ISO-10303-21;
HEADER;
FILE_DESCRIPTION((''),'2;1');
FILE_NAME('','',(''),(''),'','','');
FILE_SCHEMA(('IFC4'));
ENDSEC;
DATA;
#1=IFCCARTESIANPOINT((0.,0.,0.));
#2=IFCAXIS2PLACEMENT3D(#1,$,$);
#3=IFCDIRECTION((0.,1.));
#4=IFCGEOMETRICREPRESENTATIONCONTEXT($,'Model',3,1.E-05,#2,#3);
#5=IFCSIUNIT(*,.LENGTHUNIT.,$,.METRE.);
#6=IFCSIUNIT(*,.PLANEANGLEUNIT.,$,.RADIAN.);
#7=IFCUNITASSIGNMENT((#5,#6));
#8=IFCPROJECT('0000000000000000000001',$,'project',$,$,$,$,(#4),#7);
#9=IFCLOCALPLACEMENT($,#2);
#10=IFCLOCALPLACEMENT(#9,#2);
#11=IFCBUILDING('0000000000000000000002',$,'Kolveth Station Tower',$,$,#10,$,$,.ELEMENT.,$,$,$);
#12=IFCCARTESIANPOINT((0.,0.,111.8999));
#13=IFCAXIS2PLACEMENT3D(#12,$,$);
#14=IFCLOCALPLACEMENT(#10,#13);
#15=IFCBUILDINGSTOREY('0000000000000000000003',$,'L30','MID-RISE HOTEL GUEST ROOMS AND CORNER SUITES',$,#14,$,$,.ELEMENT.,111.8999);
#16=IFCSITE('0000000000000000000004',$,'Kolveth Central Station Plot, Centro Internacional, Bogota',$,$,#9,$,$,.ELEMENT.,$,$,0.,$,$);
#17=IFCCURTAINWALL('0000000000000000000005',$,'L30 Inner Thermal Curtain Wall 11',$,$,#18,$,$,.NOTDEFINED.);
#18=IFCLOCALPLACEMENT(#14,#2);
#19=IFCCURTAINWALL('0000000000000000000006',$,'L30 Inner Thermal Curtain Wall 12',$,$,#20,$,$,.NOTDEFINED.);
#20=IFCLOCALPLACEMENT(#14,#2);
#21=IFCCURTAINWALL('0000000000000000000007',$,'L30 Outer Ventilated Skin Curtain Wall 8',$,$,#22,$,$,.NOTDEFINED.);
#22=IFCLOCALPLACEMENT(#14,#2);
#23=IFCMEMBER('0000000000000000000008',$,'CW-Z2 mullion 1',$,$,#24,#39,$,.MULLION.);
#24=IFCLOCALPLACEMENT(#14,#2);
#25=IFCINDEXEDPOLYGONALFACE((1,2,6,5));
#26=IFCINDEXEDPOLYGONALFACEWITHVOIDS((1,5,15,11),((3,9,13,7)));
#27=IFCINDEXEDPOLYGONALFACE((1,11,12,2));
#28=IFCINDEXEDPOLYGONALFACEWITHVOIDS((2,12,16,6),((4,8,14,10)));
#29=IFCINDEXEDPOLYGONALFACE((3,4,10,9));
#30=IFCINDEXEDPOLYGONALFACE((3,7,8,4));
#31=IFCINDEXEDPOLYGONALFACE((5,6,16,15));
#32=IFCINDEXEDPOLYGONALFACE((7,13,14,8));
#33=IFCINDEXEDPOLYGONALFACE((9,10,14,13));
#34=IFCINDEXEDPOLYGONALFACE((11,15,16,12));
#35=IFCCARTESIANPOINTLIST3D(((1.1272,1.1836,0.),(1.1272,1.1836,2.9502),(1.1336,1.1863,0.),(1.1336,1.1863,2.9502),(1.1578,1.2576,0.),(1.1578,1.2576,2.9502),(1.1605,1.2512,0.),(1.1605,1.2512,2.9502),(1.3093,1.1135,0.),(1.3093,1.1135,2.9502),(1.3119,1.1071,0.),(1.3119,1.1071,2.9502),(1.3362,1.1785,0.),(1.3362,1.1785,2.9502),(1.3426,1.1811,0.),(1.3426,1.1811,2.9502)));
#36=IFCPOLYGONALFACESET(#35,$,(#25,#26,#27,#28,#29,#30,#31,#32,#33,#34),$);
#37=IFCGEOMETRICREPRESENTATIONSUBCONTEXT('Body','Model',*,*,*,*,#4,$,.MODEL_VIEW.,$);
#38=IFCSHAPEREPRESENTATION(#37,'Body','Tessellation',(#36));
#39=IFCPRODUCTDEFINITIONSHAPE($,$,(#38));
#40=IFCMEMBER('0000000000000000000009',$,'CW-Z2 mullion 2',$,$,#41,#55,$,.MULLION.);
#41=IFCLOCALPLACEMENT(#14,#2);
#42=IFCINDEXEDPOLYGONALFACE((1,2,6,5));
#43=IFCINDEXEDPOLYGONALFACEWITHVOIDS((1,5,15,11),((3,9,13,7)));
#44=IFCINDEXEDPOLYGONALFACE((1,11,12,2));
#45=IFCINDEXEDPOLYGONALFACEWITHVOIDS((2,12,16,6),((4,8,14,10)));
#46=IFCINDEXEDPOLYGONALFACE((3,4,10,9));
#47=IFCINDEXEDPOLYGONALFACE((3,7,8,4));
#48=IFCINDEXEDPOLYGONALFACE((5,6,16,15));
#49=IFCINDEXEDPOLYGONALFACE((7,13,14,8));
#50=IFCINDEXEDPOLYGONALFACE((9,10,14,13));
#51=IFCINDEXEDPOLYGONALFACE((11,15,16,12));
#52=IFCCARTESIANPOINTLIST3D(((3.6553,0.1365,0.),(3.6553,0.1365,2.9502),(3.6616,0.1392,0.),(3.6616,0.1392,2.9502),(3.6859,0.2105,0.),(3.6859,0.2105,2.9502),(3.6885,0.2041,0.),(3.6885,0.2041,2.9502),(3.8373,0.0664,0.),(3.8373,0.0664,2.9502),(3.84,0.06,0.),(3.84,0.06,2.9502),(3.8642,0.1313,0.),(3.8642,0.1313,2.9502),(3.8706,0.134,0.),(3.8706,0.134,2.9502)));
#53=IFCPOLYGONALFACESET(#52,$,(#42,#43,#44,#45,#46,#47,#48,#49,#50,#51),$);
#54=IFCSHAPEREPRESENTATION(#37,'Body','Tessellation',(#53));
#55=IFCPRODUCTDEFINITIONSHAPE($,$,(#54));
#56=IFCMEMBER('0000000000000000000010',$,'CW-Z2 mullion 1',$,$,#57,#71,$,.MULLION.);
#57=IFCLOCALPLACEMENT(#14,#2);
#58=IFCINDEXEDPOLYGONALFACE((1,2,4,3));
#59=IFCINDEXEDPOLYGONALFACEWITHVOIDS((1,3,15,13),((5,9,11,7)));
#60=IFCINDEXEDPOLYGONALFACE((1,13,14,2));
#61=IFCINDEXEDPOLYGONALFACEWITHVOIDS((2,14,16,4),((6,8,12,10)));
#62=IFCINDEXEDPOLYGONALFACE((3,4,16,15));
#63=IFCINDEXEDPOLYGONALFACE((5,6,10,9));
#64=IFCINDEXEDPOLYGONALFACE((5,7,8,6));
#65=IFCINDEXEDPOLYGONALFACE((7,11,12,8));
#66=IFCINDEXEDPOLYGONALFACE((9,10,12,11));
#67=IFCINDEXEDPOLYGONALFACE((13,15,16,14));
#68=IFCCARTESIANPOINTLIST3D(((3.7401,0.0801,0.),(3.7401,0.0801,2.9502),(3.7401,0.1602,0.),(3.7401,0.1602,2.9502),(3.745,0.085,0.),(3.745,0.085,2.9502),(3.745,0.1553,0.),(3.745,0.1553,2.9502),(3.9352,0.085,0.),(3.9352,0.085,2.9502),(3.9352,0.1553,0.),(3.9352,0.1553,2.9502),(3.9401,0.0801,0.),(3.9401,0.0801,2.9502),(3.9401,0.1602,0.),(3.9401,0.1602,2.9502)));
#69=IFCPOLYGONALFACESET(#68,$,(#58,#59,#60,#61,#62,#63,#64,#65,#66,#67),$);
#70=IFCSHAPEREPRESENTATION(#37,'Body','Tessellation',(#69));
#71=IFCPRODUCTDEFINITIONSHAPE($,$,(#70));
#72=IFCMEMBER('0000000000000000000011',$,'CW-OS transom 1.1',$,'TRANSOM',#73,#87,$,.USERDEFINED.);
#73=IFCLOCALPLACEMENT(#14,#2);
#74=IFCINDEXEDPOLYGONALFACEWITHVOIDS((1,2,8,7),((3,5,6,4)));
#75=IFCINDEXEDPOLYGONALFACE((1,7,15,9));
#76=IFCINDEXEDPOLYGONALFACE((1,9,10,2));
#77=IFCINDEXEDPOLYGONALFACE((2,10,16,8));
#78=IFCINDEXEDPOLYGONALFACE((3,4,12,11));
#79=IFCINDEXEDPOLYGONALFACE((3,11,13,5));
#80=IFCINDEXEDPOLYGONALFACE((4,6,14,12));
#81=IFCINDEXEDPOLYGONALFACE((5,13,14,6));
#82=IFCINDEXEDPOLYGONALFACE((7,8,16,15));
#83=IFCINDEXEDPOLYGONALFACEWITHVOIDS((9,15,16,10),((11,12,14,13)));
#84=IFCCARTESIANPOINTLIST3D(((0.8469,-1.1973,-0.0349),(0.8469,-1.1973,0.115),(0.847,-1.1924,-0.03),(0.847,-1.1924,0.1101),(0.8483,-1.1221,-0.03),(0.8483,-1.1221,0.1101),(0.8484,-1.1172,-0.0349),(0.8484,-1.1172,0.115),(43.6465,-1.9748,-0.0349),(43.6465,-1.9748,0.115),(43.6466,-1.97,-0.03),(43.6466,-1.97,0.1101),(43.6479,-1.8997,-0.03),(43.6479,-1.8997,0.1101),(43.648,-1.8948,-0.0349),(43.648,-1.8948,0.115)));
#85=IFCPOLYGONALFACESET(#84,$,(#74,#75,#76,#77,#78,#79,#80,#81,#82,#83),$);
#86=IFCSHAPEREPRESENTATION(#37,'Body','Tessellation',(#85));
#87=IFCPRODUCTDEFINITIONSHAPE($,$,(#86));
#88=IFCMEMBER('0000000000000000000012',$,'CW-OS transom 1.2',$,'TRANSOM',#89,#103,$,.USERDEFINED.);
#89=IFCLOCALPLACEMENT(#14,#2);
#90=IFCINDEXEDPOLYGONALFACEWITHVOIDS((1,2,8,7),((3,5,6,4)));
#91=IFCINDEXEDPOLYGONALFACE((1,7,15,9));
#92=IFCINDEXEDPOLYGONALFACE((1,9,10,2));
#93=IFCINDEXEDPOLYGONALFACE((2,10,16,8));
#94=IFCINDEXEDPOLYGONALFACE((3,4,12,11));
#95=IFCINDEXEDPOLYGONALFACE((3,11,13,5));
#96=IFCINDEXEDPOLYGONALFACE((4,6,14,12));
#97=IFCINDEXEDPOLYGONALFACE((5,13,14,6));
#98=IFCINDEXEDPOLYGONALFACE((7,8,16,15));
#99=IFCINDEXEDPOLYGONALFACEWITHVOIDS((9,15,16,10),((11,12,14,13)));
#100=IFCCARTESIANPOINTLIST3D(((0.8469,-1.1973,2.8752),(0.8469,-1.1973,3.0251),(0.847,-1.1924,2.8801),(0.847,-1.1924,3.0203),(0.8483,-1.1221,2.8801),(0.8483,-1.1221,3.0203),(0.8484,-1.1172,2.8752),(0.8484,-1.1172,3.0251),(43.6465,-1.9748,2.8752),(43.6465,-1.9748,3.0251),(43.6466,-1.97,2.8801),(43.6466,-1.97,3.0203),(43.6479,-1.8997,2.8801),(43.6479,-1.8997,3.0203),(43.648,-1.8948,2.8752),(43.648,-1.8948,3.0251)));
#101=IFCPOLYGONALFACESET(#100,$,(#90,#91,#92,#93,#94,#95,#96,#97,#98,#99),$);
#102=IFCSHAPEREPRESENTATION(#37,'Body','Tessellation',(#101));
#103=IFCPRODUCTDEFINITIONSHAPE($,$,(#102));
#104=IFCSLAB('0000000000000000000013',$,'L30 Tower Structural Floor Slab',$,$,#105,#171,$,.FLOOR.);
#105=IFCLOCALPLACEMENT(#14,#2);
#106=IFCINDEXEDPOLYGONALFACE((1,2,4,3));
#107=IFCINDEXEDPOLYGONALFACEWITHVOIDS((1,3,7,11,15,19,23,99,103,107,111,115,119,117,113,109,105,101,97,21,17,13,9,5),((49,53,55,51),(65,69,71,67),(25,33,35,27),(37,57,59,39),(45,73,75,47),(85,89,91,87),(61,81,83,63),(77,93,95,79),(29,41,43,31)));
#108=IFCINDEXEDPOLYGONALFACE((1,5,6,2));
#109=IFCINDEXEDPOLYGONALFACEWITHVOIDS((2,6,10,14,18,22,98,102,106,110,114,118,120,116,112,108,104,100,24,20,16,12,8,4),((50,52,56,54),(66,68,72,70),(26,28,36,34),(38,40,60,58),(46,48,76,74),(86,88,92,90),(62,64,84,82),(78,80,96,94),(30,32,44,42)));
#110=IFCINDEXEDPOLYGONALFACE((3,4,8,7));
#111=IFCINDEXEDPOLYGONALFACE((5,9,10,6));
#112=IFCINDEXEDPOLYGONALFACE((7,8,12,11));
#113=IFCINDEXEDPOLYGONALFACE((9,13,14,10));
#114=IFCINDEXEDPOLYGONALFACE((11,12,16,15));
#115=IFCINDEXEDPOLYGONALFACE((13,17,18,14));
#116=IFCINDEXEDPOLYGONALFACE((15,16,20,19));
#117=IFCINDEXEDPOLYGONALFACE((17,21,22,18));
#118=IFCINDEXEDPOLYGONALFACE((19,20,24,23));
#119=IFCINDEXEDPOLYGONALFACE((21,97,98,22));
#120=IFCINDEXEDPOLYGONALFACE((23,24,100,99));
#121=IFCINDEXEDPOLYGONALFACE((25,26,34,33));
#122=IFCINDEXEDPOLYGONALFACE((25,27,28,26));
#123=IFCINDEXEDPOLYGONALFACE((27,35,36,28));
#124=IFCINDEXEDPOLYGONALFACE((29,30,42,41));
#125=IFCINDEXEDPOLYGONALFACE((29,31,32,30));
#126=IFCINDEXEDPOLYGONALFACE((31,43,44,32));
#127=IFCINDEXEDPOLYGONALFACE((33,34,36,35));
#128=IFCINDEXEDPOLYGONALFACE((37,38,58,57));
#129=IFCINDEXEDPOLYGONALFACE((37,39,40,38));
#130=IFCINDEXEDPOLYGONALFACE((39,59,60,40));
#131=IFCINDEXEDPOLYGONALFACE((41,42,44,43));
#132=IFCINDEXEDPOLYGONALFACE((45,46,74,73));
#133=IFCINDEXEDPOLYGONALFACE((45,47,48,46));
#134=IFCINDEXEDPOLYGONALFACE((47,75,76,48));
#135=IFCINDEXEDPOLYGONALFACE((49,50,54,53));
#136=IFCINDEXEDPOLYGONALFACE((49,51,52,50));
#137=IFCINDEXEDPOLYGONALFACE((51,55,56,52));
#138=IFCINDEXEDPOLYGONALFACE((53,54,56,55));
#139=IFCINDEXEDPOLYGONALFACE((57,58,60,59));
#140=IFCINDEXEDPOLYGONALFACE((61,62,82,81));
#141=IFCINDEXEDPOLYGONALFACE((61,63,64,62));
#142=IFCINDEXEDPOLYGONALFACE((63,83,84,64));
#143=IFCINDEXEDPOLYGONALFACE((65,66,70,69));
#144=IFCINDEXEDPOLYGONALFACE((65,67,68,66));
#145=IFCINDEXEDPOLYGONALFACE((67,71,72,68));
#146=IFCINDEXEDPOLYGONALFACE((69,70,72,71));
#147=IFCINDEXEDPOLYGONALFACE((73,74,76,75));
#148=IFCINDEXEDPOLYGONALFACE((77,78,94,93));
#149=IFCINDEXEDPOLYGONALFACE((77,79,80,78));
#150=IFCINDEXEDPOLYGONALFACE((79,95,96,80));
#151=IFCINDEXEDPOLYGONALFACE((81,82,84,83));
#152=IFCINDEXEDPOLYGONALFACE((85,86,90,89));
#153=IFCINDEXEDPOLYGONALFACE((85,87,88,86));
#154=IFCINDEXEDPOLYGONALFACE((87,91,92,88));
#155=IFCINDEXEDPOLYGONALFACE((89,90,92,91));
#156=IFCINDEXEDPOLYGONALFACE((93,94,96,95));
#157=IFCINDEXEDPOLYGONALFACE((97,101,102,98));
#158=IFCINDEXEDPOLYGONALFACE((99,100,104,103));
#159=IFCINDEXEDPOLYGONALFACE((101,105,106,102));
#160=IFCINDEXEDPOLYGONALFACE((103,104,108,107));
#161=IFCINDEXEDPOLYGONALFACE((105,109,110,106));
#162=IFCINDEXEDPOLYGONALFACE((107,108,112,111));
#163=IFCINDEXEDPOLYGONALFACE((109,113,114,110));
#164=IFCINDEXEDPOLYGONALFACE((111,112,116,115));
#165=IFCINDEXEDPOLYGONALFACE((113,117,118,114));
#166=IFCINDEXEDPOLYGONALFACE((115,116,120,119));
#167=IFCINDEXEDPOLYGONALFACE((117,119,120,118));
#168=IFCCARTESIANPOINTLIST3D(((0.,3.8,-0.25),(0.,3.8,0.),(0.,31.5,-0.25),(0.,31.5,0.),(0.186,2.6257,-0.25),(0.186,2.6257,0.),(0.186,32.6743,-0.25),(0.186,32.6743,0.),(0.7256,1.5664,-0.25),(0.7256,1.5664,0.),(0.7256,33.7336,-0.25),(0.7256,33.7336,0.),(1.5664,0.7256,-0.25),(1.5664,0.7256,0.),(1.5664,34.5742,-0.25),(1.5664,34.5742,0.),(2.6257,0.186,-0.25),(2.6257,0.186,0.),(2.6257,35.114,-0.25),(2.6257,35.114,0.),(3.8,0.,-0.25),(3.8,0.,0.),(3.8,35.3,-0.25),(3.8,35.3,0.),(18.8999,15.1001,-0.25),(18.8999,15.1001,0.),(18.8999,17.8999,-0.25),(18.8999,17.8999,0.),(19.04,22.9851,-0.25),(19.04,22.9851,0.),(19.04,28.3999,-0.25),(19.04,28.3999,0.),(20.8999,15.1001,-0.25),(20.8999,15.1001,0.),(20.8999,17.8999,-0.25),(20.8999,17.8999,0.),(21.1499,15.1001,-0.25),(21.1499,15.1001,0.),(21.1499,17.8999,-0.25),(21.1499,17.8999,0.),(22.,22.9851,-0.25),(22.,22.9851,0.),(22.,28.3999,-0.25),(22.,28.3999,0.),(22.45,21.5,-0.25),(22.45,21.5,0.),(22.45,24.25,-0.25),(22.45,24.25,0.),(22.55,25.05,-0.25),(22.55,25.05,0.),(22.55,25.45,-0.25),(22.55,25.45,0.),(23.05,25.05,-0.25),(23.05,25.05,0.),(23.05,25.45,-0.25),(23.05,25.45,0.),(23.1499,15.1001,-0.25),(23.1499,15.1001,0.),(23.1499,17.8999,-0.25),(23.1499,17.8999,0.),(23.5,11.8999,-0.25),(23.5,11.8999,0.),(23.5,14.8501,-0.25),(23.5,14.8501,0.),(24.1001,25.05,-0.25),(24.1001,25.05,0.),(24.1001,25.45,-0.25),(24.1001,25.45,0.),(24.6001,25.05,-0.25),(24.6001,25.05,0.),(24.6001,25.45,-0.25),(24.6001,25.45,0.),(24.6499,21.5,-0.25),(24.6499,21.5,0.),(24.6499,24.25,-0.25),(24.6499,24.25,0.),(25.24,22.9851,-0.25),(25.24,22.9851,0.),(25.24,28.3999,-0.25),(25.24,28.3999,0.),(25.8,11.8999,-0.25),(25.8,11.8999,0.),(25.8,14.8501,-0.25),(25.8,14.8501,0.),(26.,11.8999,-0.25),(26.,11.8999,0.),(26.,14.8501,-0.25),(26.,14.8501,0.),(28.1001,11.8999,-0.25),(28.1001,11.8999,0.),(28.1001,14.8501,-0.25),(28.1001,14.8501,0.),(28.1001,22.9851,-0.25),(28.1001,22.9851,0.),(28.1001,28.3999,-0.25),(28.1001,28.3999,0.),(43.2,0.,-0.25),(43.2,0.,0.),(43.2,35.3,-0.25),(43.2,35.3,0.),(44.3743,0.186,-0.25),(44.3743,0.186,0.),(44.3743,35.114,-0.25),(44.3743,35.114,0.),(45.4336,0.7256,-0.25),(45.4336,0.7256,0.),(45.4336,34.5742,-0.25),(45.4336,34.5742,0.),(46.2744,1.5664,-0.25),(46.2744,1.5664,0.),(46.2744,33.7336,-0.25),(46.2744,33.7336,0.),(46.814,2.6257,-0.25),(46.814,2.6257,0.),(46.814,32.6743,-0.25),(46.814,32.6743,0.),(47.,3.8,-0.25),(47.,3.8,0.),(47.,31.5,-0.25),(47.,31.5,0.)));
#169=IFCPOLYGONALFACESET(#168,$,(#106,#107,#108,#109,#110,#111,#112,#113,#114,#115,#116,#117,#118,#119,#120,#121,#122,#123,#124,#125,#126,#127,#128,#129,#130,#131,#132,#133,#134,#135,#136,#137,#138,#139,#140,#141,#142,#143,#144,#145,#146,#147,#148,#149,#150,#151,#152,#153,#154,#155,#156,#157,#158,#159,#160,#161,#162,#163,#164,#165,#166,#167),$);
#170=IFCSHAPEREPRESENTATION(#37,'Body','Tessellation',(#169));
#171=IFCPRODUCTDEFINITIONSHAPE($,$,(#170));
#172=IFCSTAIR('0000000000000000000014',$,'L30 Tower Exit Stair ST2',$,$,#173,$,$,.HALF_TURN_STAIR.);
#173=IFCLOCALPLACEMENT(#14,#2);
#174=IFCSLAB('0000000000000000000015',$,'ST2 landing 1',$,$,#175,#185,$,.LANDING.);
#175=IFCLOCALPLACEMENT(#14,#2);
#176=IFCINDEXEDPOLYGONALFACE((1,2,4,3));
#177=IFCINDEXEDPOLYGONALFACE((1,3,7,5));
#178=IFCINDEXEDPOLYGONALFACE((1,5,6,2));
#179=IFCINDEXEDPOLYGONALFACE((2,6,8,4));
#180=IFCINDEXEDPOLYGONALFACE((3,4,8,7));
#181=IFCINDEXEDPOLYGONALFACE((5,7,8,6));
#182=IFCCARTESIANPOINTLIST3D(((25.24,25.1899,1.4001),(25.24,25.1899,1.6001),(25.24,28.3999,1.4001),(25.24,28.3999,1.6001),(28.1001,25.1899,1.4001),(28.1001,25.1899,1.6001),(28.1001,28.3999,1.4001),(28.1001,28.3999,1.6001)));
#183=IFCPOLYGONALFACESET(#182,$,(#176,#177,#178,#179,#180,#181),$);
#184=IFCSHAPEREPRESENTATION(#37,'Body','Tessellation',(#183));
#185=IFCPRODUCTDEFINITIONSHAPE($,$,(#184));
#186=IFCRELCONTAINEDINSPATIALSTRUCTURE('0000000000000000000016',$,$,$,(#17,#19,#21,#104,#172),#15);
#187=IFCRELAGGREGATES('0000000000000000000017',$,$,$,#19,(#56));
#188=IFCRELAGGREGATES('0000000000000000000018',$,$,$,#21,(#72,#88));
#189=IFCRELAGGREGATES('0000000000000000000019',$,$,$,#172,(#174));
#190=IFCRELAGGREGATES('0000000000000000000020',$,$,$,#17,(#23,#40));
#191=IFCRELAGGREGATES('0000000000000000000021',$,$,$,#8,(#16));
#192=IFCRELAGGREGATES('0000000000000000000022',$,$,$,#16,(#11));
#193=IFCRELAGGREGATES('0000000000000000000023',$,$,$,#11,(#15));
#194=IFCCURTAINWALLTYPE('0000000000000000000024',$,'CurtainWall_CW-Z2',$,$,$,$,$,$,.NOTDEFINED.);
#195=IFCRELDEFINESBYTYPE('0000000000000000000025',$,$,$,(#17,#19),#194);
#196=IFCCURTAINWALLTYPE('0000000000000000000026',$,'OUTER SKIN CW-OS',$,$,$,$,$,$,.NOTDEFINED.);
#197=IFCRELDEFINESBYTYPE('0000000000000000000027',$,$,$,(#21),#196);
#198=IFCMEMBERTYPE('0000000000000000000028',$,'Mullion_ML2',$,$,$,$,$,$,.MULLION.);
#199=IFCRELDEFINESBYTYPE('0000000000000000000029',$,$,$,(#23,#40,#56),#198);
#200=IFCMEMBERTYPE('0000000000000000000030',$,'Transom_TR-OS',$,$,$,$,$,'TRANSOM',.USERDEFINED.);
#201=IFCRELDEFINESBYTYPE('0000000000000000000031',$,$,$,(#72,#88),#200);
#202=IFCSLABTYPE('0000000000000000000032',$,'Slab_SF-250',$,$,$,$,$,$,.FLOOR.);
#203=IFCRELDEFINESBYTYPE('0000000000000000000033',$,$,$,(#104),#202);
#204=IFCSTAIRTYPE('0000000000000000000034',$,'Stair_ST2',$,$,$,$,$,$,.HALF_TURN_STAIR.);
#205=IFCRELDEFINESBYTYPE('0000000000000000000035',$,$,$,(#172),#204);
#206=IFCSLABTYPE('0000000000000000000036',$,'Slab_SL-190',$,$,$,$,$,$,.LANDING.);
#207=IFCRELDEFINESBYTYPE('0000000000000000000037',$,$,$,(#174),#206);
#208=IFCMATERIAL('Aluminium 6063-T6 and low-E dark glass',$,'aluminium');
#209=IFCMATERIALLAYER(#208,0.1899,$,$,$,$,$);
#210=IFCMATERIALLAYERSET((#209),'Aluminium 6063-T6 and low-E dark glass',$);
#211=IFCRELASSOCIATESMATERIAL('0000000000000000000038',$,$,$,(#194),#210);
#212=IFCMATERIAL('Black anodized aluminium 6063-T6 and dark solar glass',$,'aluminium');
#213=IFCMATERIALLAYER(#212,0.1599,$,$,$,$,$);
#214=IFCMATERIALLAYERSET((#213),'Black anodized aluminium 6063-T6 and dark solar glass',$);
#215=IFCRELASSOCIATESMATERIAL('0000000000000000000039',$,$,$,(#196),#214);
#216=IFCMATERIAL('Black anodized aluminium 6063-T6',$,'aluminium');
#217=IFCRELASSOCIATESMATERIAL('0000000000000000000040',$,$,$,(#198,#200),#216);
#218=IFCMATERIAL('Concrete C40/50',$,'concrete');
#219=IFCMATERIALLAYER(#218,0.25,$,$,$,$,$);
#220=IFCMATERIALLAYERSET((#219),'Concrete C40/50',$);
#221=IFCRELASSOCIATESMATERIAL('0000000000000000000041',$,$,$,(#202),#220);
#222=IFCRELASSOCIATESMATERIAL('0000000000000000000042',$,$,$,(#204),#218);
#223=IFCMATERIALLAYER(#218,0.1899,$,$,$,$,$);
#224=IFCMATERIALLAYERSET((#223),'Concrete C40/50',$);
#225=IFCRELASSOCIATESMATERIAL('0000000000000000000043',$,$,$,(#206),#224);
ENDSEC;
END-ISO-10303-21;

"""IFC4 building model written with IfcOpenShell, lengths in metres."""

from ifc_helpers import new_model, si_unit, direction, frame, origin, origin_2d, place, context, subcontext, project, spatial, polyline, hollow_rectangle, outline, extrude, source, transform, mapped, material, layer, layer_set, material_profile, profile_set, type_object, element, aggregate, save


model = new_model("IFC4")

# Units and contexts
model_context = context("Model", 3, precision=1e-05, world=origin(), true_north=direction((0.0, 1.0)))
body_context = subcontext(model_context, "Body", "Model", "MODEL_VIEW")
ifc_project = project(units=[si_unit("LENGTHUNIT", "METRE"), si_unit("PLANEANGLEUNIT", "RADIAN")], contexts=[model_context])

# Site, building, storey
site_placement = place(None, origin())
site = spatial("IfcSite", under=ifc_project, at=site_placement, Name="Kolveth Central Station Plot, Centro Internacional, Bogota", CompositionType="ELEMENT", RefElevation=0.0)
building_placement = place(site_placement, origin())
building = spatial("IfcBuilding", under=site, at=building_placement, Name="Kolveth Station Tower", CompositionType="ELEMENT")
storey_placement = place(building_placement, frame((0.0, 0.0, 111.8999)))
storey = spatial("IfcBuildingStorey", under=building, at=storey_placement, Name="L30", Description="MID-RISE HOTEL GUEST ROOMS AND CORNER SUITES", CompositionType="ELEMENT", Elevation=111.8999)

# Curtain walls
ifc_material_1 = material(Name="Aluminium 6063-T6 and low-E dark glass", Category="aluminium")
ifc_layer_1 = layer(ifc_material_1, 0.1899)
ifc_layer_set_1 = layer_set([ifc_layer_1], Name="Aluminium 6063-T6 and low-E dark glass")
curtain_wall_type_1 = type_object("IfcCurtainWallType", Name="CurtainWall_CW-Z2", PredefinedType="NOTDEFINED", material=ifc_layer_set_1)
curtain_wall_1_placement = place(storey_placement, origin())
curtain_wall_1 = element("IfcCurtainWall", 1, at=curtain_wall_1_placement, inside=storey, type_object=curtain_wall_type_1, Name="L30 Inner Thermal Curtain Wall 11", PredefinedType="NOTDEFINED")
ifc_material_2 = material(Name="Black anodized aluminium 6063-T6", Category="aluminium")
curtain_wall_2_placement = place(storey_placement, origin())
curtain_wall_2 = element("IfcCurtainWall", 2, at=curtain_wall_2_placement, inside=storey, type_object=curtain_wall_type_1, Name="L30 Inner Thermal Curtain Wall 12", PredefinedType="NOTDEFINED")

# Curtain wall
ifc_material_3 = material(Name="Black anodized aluminium 6063-T6 and dark solar glass", Category="aluminium")
ifc_layer_2 = layer(ifc_material_3, 0.1599)
ifc_layer_set_2 = layer_set([ifc_layer_2], Name="Black anodized aluminium 6063-T6 and dark solar glass")
curtain_wall_type_2 = type_object("IfcCurtainWallType", Name="OUTER SKIN CW-OS", PredefinedType="NOTDEFINED", material=ifc_layer_set_2)
curtain_wall_3_placement = place(storey_placement, origin())
curtain_wall_3 = element("IfcCurtainWall", 3, at=curtain_wall_3_placement, inside=storey, type_object=curtain_wall_type_2, Name="L30 Outer Ventilated Skin Curtain Wall 8", PredefinedType="NOTDEFINED")
ifc_material_profile_1 = material_profile(ifc_material_2, hollow_rectangle(XDim=0.0801, YDim=0.2, WallThickness=0.0049, at=origin_2d()), Name="ALU-80x200x5")
ifc_profile_set_1 = profile_set([ifc_material_profile_1], Name="Black anodized aluminium 6063-T6")
member_type_1 = type_object("IfcMemberType", Name="Mullion_ML2", PredefinedType="MULLION", material=ifc_profile_set_1)
shared_shape_1 = source(origin(), body_context, "Body", "SweptSolid", [
    extrude(hollow_rectangle(XDim=0.0801, YDim=0.2, WallThickness=0.0049, at=origin_2d()), origin(), (0.0, 0.0, 1.0), 2.9502),
])

# Members
member_1_placement = place(storey_placement, frame((1.2349, 1.1824, 0.0), z_axis=(0.0, 0.0, 1.0), x_axis=(0.382663, 0.923888, 0.0)))
member_1 = element("IfcMember", 4, at=member_1_placement, type_object=member_type_1, Name="CW-Z2 mullion 1", PredefinedType="MULLION", context=body_context, shape_type="MappedRepresentation", body=[
    mapped(shared_shape_1, transform((0.0, 0.0, 0.0), x_axis=(1.0, 0.0, 0.0), y_axis=(0.0, 1.0, 0.0), z_axis=(0.0, 0.0, 1.0), scale=1.0)),
])
member_2_placement = place(storey_placement, frame((3.7629, 0.1353, 0.0), z_axis=(0.0, 0.0, 1.0), x_axis=(0.382663, 0.923888, 0.0)))
member_2 = element("IfcMember", 5, at=member_2_placement, type_object=member_type_1, Name="CW-Z2 mullion 2", PredefinedType="MULLION", context=body_context, shape_type="MappedRepresentation", body=[
    mapped(shared_shape_1, transform((0.0, 0.0, 0.0), x_axis=(1.0, 0.0, 0.0), y_axis=(0.0, 1.0, 0.0), z_axis=(0.0, 0.0, 1.0), scale=1.0)),
])
member_3_placement = place(storey_placement, frame((3.8401, 0.1201, 0.0), z_axis=(0.0, 0.0, 1.0), x_axis=(0.0, 1.0, 0.0)))
member_3 = element("IfcMember", 6, at=member_3_placement, type_object=member_type_1, Name="CW-Z2 mullion 1", PredefinedType="MULLION", context=body_context, shape_type="MappedRepresentation", body=[
    mapped(shared_shape_1, transform((0.0, 0.0, 0.0), x_axis=(1.0, 0.0, 0.0), y_axis=(0.0, 1.0, 0.0), z_axis=(0.0, 0.0, 1.0), scale=1.0)),
])
aggregate(curtain_wall_2, [member_3])
ifc_material_profile_2 = material_profile(ifc_material_2, hollow_rectangle(XDim=0.0801, YDim=0.1499, WallThickness=0.0049, at=origin_2d()), Name="ALU-80x150x5")
ifc_profile_set_2 = profile_set([ifc_material_profile_2], Name="Black anodized aluminium 6063-T6")
member_type_2 = type_object("IfcMemberType", Name="Transom_TR-OS", ElementType="TRANSOM", PredefinedType="USERDEFINED", material=ifc_profile_set_2)
shared_shape_2 = source(origin(), body_context, "Body", "SweptSolid", [
    extrude(hollow_rectangle(XDim=0.0801, YDim=0.1499, WallThickness=0.0049, at=origin_2d()), origin(), (0.0, 0.0, 1.0), 42.8066),
])
member_4_placement = place(storey_placement, frame((0.8477, -1.1572, 0.04), z_axis=(0.999835, -0.018165, 0.0), x_axis=(0.018165, 0.999835, 0.0)))
member_4 = element("IfcMember", 7, at=member_4_placement, type_object=member_type_2, Name="CW-OS transom 1.1", ObjectType="TRANSOM", PredefinedType="USERDEFINED", context=body_context, shape_type="MappedRepresentation", body=[
    mapped(shared_shape_2, transform((0.0, 0.0, 0.0), x_axis=(1.0, 0.0, 0.0), y_axis=(0.0, 1.0, 0.0), z_axis=(0.0, 0.0, 1.0), scale=1.0)),
])
member_5_placement = place(storey_placement, frame((0.8477, -1.1572, 2.9502), z_axis=(0.999835, -0.018165, 0.0), x_axis=(0.018165, 0.999835, 0.0)))
member_5 = element("IfcMember", 8, at=member_5_placement, type_object=member_type_2, Name="CW-OS transom 1.2", ObjectType="TRANSOM", PredefinedType="USERDEFINED", context=body_context, shape_type="MappedRepresentation", body=[
    mapped(shared_shape_2, transform((0.0, 0.0, 0.0), x_axis=(1.0, 0.0, 0.0), y_axis=(0.0, 1.0, 0.0), z_axis=(0.0, 0.0, 1.0), scale=1.0)),
])
aggregate(curtain_wall_3, [member_4, member_5])

# Slab
ifc_material_4 = material(Name="Concrete C40/50", Category="concrete")
ifc_layer_3 = layer(ifc_material_4, 0.25)
ifc_layer_set_3 = layer_set([ifc_layer_3], Name="Concrete C40/50")
slab_type_1 = type_object("IfcSlabType", Name="Slab_SF-250", PredefinedType="FLOOR", material=ifc_layer_set_3)
slab_1_placement = place(storey_placement, frame((0.0, 0.0, -0.25)))
element("IfcSlab", 9, at=slab_1_placement, inside=storey, type_object=slab_type_1, Name="L30 Tower Structural Floor Slab", PredefinedType="FLOOR", context=body_context, shape_type="SweptSolid", body=[
    extrude(outline(polyline([(43.2, 0.0), (44.3743, 0.186), (45.4336, 0.7256), (46.2744, 1.5664), (46.814, 2.6257), (47.0, 3.8), (47.0, 31.5), (46.814, 32.6743), (46.2744, 33.7336), (45.4336, 34.5742), (44.3743, 35.114), (43.2, 35.3), (3.8, 35.3), (2.6257, 35.114), (1.5664, 34.5742), (0.7256, 33.7336), (0.186, 32.6743), (0.0, 31.5), (0.0, 3.8), (0.186, 2.6257), (0.7256, 1.5664), (1.5664, 0.7256), (2.6257, 0.186), (3.8, 0.0), (43.2, 0.0)]), holes=[polyline([(19.04, 22.9851), (22.0, 22.9851), (22.0, 28.3999), (19.04, 28.3999), (19.04, 22.9851)]), polyline([(25.24, 22.9851), (28.1001, 22.9851), (28.1001, 28.3999), (25.24, 28.3999), (25.24, 22.9851)]), polyline([(18.8999, 15.1001), (20.8999, 15.1001), (20.8999, 17.8999), (18.8999, 17.8999), (18.8999, 15.1001)]), polyline([(21.1499, 15.1001), (23.1499, 15.1001), (23.1499, 17.8999), (21.1499, 17.8999), (21.1499, 15.1001)]), polyline([(22.45, 21.5), (24.6499, 21.5), (24.6499, 24.25), (22.45, 24.25), (22.45, 21.5)]), polyline([(23.5, 11.8999), (25.8, 11.8999), (25.8, 14.8501), (23.5, 14.8501), (23.5, 11.8999)]), polyline([(26.0, 11.8999), (28.1001, 11.8999), (28.1001, 14.8501), (26.0, 14.8501), (26.0, 11.8999)]), polyline([(22.55, 25.05), (23.05, 25.05), (23.05, 25.45), (22.55, 25.45), (22.55, 25.05)]), polyline([(24.1001, 25.05), (24.6001, 25.05), (24.6001, 25.45), (24.1001, 25.45), (24.1001, 25.05)])]), origin(), (0.0, 0.0, 1.0), 0.25),
])

# Stair, slab
stair_type_1 = type_object("IfcStairType", Name="Stair_ST2", PredefinedType="HALF_TURN_STAIR", material=ifc_material_4)
stair_1_placement = place(storey_placement, origin())
stair_1 = element("IfcStair", 10, at=stair_1_placement, inside=storey, type_object=stair_type_1, Name="L30 Tower Exit Stair ST2", PredefinedType="HALF_TURN_STAIR")
ifc_layer_4 = layer(ifc_material_4, 0.1899)
ifc_layer_set_4 = layer_set([ifc_layer_4], Name="Concrete C40/50")
slab_type_2 = type_object("IfcSlabType", Name="Slab_SL-190", PredefinedType="LANDING", material=ifc_layer_set_4)
slab_2_placement = place(storey_placement, frame((0.0, 0.0, 1.4001)))
slab_2 = element("IfcSlab", 11, at=slab_2_placement, type_object=slab_type_2, Name="ST2 landing 1", PredefinedType="LANDING", context=body_context, shape_type="SweptSolid", body=[
    extrude(outline(polyline([(28.1001, 25.1899), (28.1001, 28.3999), (25.24, 28.3999), (25.24, 25.1899), (28.1001, 25.1899)])), origin(), (0.0, 0.0, 1.0), 0.2),
])
aggregate(stair_1, [slab_2])

aggregate(curtain_wall_1, [member_1, member_2])

save(model, "model.ifc")
